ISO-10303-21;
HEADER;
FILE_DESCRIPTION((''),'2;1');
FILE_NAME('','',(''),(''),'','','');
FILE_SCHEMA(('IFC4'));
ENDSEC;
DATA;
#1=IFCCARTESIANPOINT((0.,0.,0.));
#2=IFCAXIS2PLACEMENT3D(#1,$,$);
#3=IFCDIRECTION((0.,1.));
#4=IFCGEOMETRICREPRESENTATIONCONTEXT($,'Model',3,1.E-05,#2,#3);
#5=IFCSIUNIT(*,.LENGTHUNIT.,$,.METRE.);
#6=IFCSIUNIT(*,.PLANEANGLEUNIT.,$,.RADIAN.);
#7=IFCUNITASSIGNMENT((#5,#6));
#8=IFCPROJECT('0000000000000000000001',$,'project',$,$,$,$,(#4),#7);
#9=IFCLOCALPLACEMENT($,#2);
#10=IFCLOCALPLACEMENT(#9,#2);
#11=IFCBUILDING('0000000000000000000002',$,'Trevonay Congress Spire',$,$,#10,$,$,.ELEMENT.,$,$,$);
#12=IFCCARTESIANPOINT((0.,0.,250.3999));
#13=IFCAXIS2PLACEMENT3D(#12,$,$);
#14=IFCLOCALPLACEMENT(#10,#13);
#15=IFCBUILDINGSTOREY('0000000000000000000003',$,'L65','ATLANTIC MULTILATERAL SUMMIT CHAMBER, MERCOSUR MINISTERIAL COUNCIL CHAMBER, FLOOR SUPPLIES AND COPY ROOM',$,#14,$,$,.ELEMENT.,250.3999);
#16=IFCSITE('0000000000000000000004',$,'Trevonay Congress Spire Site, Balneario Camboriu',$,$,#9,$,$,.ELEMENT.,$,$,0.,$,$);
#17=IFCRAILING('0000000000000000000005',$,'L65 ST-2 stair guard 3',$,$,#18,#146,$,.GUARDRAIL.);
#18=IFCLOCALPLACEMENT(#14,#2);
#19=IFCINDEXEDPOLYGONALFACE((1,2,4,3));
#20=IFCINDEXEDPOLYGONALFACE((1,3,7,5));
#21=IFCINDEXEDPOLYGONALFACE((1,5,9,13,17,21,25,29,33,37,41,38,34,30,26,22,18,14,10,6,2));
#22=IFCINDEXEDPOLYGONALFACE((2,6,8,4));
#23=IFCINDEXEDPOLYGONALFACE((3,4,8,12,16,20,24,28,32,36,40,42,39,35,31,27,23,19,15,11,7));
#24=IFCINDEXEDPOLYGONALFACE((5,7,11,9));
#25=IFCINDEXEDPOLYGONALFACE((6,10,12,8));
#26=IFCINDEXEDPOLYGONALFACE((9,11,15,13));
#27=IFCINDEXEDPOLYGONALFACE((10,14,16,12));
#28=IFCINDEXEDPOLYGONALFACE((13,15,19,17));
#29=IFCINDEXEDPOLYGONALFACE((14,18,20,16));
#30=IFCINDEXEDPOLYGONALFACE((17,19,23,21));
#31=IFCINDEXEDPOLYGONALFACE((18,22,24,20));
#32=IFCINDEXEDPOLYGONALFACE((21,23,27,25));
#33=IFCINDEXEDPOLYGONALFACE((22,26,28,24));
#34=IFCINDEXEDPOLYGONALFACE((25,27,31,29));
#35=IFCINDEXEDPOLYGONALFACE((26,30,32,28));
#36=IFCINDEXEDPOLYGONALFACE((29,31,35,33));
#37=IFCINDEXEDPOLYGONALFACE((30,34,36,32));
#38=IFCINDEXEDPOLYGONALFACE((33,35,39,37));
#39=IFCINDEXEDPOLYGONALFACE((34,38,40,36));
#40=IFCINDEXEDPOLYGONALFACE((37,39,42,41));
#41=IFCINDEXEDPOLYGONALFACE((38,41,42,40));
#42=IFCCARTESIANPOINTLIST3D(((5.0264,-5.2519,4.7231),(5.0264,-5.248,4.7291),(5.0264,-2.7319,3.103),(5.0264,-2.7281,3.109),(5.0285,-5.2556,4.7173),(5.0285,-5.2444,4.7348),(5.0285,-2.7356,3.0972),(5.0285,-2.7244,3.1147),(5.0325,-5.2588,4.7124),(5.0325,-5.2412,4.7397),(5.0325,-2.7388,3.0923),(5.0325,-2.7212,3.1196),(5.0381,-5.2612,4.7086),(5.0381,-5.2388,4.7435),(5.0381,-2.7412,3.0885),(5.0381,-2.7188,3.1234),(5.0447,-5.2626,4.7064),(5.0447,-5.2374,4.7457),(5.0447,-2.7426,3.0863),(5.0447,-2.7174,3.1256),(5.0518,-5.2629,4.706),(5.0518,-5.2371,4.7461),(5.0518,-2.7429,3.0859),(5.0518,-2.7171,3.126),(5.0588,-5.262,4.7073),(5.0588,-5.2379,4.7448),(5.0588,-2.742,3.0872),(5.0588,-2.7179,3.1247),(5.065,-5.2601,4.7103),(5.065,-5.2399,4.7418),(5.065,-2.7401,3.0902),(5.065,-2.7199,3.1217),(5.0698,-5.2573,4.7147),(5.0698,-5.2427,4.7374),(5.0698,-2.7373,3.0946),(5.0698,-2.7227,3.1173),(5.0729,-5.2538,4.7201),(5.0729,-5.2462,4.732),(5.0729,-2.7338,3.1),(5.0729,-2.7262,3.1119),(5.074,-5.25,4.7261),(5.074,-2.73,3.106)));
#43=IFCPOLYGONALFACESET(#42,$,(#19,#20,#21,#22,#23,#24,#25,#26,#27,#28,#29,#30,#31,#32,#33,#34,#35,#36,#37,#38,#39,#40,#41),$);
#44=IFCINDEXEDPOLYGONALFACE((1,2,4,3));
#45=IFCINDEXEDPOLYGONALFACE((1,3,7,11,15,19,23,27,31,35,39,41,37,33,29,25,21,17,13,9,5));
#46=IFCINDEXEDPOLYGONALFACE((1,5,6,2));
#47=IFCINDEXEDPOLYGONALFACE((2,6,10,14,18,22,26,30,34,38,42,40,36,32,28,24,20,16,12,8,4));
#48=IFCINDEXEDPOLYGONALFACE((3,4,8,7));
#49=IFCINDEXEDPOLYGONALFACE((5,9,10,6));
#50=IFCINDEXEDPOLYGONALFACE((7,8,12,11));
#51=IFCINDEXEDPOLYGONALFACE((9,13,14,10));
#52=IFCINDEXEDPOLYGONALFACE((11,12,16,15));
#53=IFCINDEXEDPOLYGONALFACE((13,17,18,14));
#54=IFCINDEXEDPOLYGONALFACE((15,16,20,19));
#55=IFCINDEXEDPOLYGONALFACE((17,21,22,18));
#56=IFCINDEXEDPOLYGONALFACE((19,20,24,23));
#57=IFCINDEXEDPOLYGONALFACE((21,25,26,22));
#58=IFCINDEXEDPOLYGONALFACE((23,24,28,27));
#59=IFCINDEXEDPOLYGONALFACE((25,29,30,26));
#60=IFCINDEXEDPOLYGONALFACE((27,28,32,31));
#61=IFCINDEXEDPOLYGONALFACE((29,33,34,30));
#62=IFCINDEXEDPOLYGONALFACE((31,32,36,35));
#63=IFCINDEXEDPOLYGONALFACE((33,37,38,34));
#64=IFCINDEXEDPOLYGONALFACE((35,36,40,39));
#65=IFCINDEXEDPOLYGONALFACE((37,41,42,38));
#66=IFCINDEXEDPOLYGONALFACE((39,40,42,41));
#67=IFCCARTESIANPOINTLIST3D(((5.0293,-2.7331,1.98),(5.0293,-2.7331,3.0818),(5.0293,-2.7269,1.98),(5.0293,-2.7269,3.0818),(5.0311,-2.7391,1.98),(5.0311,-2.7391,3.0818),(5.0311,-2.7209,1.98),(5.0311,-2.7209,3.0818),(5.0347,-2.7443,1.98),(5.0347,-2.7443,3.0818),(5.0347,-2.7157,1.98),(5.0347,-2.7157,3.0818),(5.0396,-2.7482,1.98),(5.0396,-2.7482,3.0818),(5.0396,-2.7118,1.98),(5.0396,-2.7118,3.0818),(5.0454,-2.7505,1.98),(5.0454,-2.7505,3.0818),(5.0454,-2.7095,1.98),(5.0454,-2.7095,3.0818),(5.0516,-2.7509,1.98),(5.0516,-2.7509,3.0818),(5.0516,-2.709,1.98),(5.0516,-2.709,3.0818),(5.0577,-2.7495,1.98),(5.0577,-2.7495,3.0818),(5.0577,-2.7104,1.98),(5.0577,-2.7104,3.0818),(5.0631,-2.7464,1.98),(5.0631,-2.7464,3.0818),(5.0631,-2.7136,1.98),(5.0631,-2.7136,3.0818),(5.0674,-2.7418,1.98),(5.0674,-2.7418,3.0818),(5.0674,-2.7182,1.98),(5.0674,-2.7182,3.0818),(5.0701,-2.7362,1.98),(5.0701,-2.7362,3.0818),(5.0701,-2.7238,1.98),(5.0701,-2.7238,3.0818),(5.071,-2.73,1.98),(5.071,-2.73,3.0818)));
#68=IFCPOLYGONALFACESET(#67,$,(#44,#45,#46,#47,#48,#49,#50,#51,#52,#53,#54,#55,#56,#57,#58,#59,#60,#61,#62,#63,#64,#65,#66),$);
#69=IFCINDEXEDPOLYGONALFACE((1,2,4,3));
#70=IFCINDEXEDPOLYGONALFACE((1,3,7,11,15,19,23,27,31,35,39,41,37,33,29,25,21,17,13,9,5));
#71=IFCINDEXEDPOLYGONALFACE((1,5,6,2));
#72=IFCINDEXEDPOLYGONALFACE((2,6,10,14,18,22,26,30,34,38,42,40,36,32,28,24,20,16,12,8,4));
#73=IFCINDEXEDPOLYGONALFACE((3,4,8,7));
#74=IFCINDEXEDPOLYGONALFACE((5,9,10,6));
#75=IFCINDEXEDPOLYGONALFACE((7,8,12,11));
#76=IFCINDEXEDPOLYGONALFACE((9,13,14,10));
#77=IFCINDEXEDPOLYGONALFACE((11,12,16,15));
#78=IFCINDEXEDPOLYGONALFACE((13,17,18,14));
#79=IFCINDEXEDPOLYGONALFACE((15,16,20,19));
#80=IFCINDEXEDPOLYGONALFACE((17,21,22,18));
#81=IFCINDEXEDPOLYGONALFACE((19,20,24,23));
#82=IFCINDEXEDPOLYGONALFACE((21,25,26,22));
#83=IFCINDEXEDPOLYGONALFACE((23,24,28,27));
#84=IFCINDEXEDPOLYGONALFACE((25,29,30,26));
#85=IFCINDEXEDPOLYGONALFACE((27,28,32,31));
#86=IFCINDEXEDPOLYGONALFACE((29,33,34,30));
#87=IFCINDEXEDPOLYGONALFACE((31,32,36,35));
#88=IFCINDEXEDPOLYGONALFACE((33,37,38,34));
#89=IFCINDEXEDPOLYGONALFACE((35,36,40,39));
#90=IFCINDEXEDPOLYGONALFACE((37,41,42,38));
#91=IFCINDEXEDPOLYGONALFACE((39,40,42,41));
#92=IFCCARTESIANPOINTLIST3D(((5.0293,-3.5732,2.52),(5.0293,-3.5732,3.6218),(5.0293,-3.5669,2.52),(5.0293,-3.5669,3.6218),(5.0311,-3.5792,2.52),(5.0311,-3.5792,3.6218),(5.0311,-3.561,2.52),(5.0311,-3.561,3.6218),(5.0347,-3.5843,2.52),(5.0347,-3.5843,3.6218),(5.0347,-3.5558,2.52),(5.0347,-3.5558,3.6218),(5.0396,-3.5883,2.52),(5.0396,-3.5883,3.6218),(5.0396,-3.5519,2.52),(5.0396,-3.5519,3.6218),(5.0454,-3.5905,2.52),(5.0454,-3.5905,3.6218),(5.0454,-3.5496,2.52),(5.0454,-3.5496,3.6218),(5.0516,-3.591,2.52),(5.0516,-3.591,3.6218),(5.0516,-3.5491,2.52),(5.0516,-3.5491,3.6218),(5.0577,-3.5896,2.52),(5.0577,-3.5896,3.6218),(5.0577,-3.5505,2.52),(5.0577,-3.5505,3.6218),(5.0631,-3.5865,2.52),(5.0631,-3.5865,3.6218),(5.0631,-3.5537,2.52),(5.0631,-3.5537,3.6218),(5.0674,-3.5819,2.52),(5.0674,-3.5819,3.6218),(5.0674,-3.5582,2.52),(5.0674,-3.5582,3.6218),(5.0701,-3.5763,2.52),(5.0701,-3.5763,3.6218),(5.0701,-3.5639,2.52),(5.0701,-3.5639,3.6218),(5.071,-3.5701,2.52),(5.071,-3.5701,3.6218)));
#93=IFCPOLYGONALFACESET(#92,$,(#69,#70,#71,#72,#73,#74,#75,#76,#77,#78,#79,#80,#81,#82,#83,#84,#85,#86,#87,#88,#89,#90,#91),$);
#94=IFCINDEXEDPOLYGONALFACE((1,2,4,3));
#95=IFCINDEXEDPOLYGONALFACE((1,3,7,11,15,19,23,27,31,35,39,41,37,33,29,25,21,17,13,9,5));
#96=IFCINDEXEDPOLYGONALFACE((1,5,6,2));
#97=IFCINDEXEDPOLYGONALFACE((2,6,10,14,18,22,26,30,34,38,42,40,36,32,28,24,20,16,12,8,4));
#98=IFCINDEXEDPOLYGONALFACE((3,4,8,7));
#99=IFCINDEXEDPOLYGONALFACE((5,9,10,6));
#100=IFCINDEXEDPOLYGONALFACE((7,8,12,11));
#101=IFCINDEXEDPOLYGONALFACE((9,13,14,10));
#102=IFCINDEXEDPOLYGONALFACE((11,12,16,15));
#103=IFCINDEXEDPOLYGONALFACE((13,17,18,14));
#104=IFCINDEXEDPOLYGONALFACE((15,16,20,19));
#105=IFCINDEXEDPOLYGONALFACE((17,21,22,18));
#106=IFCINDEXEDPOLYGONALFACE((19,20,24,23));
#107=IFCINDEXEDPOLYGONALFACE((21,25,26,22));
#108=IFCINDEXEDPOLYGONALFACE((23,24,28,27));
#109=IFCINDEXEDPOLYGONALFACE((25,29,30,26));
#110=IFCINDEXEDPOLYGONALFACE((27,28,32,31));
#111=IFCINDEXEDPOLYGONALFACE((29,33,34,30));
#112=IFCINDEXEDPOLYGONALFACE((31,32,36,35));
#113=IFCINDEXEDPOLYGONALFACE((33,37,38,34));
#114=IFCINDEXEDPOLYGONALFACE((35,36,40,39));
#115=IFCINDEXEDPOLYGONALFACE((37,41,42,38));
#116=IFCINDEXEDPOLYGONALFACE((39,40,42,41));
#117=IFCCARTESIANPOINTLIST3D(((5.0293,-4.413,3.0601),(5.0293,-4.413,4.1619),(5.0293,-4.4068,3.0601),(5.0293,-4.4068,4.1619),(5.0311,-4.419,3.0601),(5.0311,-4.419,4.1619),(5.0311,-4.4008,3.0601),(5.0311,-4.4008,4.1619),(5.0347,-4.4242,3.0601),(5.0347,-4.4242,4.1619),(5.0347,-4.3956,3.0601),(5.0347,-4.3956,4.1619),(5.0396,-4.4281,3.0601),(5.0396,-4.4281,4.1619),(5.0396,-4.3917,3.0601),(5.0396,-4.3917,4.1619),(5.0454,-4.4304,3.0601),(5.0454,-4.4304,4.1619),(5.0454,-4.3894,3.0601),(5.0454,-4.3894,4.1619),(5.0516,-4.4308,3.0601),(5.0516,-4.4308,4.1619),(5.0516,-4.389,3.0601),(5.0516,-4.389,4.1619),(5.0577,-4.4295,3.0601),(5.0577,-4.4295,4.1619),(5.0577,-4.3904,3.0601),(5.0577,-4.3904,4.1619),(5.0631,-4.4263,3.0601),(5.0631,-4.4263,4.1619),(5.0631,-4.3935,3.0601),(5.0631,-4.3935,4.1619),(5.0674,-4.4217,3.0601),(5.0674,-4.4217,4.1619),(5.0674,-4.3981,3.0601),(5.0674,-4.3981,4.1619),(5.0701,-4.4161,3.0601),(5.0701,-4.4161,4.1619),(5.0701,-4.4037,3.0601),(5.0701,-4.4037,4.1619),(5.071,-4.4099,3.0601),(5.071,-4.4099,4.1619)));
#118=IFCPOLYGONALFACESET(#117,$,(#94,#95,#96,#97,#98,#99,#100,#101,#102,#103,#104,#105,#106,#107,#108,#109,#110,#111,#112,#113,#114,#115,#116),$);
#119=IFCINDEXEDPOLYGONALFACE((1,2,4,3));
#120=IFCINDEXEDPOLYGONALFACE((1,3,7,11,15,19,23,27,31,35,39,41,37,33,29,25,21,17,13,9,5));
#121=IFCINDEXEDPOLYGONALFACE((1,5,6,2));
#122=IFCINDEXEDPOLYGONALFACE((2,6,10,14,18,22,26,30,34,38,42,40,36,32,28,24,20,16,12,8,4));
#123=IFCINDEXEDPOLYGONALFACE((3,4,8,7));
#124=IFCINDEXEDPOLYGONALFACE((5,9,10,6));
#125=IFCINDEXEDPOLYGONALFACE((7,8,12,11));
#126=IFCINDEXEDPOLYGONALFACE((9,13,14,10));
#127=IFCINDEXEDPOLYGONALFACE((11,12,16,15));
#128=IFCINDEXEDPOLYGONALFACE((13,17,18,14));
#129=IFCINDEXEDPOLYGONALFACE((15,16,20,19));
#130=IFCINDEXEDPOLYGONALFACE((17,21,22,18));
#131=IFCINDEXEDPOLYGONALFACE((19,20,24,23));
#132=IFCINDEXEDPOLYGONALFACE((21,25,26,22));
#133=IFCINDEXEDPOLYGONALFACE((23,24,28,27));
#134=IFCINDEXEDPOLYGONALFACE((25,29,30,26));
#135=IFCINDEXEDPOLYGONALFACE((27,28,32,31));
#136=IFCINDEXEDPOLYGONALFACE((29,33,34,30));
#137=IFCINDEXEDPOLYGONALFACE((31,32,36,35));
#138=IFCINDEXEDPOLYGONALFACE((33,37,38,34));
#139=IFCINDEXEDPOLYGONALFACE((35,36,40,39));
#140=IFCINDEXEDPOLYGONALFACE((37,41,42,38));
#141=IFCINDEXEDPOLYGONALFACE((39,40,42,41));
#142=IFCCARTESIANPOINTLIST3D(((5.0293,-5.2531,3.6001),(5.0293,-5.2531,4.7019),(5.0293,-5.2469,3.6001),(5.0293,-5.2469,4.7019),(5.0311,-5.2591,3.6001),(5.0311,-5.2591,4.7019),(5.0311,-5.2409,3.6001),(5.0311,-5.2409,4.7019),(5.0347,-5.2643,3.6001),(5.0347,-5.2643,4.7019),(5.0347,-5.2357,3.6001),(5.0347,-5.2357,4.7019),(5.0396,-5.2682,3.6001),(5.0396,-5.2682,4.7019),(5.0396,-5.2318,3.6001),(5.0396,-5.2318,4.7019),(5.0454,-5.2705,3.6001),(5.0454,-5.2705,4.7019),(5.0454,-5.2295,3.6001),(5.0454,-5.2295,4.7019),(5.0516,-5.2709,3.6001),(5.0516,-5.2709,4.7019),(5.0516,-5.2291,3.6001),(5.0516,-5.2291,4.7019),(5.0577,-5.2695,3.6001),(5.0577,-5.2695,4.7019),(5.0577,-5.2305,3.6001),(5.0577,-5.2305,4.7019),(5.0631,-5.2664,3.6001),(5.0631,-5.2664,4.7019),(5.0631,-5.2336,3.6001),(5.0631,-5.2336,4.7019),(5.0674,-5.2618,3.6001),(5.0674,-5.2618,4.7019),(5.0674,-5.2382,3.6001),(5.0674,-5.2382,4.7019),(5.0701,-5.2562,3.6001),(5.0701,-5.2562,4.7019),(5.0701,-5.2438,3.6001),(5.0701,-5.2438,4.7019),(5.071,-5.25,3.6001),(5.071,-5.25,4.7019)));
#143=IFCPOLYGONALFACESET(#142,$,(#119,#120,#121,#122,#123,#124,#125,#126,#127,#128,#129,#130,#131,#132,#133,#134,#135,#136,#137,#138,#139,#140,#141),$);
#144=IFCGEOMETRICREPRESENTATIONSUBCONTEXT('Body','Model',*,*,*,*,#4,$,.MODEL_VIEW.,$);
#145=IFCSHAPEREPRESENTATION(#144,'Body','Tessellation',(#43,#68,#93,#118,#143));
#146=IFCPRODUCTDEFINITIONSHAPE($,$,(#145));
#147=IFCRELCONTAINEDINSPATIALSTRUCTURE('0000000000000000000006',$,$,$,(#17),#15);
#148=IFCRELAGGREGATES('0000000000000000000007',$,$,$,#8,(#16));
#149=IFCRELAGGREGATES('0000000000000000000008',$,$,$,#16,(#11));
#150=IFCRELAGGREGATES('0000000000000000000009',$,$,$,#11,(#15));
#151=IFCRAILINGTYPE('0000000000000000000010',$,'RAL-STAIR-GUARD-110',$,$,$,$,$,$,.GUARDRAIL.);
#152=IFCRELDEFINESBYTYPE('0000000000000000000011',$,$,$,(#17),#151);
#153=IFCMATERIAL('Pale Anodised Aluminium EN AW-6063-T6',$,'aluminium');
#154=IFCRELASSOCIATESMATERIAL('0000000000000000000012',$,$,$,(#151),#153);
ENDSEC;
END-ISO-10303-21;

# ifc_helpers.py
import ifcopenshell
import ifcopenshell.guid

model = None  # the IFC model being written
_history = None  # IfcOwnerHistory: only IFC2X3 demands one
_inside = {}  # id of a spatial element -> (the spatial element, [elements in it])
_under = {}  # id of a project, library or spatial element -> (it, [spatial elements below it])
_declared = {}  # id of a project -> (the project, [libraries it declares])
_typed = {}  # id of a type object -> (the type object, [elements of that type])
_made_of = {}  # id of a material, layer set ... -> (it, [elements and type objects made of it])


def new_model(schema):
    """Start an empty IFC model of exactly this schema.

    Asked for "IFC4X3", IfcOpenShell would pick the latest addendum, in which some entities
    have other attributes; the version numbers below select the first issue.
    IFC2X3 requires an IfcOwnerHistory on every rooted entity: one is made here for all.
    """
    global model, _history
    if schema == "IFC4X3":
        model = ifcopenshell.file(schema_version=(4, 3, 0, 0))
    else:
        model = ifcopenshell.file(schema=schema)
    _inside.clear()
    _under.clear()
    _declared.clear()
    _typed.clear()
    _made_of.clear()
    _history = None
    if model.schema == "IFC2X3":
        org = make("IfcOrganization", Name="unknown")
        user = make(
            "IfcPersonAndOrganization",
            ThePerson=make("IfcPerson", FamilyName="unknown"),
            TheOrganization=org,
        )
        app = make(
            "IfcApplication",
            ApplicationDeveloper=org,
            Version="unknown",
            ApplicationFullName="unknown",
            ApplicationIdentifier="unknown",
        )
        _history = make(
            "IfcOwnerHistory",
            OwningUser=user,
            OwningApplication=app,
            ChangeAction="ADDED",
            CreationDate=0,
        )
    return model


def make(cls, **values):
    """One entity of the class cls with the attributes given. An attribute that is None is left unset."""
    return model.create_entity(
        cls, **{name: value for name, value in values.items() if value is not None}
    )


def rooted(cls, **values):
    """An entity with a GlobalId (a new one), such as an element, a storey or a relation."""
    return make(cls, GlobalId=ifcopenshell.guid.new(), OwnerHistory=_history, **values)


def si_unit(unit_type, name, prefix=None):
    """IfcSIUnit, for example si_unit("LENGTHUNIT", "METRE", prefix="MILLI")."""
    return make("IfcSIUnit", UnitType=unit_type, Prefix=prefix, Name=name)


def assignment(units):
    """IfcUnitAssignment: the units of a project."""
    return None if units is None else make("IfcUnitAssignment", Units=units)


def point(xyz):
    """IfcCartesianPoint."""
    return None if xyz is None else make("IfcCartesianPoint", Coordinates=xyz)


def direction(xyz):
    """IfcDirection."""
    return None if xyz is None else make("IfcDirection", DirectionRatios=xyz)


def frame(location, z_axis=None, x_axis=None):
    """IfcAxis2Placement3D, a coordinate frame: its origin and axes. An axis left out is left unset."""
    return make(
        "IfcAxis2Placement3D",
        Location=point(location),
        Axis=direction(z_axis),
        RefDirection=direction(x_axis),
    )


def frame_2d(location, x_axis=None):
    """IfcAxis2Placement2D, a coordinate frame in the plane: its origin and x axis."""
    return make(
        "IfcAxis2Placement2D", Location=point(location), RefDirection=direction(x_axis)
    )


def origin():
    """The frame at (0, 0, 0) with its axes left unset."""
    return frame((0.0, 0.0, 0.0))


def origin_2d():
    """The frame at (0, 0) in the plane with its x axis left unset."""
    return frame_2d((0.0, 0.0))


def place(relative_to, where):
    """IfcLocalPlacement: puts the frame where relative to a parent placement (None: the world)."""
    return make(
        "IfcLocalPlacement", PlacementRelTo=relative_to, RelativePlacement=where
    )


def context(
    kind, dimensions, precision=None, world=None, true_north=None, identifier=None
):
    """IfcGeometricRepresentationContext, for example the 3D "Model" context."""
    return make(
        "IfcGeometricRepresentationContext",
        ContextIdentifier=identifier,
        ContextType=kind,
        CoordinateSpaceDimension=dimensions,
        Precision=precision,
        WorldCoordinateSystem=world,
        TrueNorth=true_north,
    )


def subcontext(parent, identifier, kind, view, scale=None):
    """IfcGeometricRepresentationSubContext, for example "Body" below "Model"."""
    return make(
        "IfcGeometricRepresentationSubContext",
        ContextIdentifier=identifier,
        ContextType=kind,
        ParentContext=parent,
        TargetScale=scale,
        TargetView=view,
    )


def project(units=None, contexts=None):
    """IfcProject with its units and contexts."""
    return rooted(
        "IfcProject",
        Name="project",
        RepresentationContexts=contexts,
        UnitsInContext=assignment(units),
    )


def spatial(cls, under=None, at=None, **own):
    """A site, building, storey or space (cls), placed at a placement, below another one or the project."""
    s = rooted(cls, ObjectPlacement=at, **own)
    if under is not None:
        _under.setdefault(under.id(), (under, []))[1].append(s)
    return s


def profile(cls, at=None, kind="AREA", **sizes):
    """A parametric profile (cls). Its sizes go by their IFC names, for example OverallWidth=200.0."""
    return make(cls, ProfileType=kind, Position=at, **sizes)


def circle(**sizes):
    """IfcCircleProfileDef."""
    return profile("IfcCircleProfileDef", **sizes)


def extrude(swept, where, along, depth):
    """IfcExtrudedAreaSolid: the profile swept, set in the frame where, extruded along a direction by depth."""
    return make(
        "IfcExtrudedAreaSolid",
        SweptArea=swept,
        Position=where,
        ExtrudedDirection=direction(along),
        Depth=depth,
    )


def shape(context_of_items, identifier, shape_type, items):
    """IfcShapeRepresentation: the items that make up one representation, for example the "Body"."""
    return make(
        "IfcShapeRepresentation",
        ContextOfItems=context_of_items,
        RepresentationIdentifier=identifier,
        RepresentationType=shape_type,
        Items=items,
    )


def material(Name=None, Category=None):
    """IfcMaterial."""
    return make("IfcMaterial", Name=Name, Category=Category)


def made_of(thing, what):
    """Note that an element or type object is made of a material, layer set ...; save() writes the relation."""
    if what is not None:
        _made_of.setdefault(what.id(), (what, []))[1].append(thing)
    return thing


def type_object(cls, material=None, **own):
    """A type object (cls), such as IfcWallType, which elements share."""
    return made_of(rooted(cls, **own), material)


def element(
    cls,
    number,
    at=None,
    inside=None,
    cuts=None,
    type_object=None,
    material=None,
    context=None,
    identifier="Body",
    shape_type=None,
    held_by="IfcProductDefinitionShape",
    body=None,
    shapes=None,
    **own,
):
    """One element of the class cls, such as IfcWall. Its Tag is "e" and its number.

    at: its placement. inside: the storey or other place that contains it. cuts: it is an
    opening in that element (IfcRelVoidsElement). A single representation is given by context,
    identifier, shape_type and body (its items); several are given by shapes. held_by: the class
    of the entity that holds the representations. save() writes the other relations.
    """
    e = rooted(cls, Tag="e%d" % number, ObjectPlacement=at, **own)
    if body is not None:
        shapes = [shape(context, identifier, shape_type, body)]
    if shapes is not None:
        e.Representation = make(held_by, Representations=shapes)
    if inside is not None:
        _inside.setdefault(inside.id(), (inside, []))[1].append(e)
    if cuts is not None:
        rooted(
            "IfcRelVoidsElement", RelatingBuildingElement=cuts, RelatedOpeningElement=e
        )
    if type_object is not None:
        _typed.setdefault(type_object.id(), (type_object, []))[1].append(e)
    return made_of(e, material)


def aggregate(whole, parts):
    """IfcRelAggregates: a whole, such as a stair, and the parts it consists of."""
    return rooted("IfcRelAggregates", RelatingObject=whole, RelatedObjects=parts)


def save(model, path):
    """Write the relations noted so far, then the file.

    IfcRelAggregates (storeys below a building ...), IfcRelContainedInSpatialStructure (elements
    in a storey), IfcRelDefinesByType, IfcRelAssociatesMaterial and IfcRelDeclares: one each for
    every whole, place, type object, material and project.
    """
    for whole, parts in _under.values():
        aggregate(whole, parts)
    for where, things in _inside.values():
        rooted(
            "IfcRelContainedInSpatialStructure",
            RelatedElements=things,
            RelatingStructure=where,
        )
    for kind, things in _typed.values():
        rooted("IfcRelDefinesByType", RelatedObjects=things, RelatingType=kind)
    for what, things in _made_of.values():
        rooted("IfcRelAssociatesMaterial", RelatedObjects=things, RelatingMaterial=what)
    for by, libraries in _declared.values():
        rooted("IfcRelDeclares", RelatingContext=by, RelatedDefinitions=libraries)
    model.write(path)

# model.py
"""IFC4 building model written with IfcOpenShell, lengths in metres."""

from ifc_helpers import new_model, si_unit, direction, frame, origin, origin_2d, place, context, subcontext, project, spatial, circle, extrude, material, type_object, element, save


model = new_model("IFC4")

# Units and contexts
model_context = context("Model", 3, precision=1e-05, world=origin(), true_north=direction((0.0, 1.0)))
body_context = subcontext(model_context, "Body", "Model", "MODEL_VIEW")
ifc_project = project(units=[si_unit("LENGTHUNIT", "METRE"), si_unit("PLANEANGLEUNIT", "RADIAN")], contexts=[model_context])

# Site, building, storey
site_placement = place(None, origin())
site = spatial("IfcSite", under=ifc_project, at=site_placement, Name="Trevonay Congress Spire Site, Balneario Camboriu", CompositionType="ELEMENT", RefElevation=0.0)
building_placement = place(site_placement, origin())
building = spatial("IfcBuilding", under=site, at=building_placement, Name="Trevonay Congress Spire", CompositionType="ELEMENT")
storey_placement = place(building_placement, frame((0.0, 0.0, 250.3999)))
storey = spatial("IfcBuildingStorey", under=building, at=storey_placement, Name="L65", Description="ATLANTIC MULTILATERAL SUMMIT CHAMBER, MERCOSUR MINISTERIAL COUNCIL CHAMBER, FLOOR SUPPLIES AND COPY ROOM", CompositionType="ELEMENT", Elevation=250.3999)

# Shared definitions
ifc_material_1 = material(Name="Pale Anodised Aluminium EN AW-6063-T6", Category="aluminium")

# Railing
railing_type_1 = type_object("IfcRailingType", Name="RAL-STAIR-GUARD-110", PredefinedType="GUARDRAIL", material=ifc_material_1)
railing_1_placement = place(storey_placement, frame((5.05, -2.73, 1.98)))
element("IfcRailing", 1, at=railing_1_placement, inside=storey, type_object=railing_type_1, Name="L65 ST-2 stair guard 3", PredefinedType="GUARDRAIL", context=body_context, shape_type="SweptSolid", body=[
    extrude(circle(Radius=0.0239, at=origin_2d()), frame((0.0, 0.0, 1.126), z_axis=(0.0, -0.841163, 0.540782), x_axis=(1.0, 0.0, 0.0)), (0.0, 0.0, 1.0), 2.9958),
    extrude(circle(Radius=0.021, at=origin_2d()), origin(), (0.0, 0.0, 1.0), 1.1018),
    extrude(circle(Radius=0.021, at=origin_2d()), frame((0.0, -0.8401, 0.54)), (0.0, 0.0, 1.0), 1.1018),
    extrude(circle(Radius=0.021, at=origin_2d()), frame((0.0, -1.6799, 1.0801)), (0.0, 0.0, 1.0), 1.1018),
    extrude(circle(Radius=0.021, at=origin_2d()), frame((0.0, -2.52, 1.6201)), (0.0, 0.0, 1.0), 1.1018),
])

save(model, "model.ifc")
